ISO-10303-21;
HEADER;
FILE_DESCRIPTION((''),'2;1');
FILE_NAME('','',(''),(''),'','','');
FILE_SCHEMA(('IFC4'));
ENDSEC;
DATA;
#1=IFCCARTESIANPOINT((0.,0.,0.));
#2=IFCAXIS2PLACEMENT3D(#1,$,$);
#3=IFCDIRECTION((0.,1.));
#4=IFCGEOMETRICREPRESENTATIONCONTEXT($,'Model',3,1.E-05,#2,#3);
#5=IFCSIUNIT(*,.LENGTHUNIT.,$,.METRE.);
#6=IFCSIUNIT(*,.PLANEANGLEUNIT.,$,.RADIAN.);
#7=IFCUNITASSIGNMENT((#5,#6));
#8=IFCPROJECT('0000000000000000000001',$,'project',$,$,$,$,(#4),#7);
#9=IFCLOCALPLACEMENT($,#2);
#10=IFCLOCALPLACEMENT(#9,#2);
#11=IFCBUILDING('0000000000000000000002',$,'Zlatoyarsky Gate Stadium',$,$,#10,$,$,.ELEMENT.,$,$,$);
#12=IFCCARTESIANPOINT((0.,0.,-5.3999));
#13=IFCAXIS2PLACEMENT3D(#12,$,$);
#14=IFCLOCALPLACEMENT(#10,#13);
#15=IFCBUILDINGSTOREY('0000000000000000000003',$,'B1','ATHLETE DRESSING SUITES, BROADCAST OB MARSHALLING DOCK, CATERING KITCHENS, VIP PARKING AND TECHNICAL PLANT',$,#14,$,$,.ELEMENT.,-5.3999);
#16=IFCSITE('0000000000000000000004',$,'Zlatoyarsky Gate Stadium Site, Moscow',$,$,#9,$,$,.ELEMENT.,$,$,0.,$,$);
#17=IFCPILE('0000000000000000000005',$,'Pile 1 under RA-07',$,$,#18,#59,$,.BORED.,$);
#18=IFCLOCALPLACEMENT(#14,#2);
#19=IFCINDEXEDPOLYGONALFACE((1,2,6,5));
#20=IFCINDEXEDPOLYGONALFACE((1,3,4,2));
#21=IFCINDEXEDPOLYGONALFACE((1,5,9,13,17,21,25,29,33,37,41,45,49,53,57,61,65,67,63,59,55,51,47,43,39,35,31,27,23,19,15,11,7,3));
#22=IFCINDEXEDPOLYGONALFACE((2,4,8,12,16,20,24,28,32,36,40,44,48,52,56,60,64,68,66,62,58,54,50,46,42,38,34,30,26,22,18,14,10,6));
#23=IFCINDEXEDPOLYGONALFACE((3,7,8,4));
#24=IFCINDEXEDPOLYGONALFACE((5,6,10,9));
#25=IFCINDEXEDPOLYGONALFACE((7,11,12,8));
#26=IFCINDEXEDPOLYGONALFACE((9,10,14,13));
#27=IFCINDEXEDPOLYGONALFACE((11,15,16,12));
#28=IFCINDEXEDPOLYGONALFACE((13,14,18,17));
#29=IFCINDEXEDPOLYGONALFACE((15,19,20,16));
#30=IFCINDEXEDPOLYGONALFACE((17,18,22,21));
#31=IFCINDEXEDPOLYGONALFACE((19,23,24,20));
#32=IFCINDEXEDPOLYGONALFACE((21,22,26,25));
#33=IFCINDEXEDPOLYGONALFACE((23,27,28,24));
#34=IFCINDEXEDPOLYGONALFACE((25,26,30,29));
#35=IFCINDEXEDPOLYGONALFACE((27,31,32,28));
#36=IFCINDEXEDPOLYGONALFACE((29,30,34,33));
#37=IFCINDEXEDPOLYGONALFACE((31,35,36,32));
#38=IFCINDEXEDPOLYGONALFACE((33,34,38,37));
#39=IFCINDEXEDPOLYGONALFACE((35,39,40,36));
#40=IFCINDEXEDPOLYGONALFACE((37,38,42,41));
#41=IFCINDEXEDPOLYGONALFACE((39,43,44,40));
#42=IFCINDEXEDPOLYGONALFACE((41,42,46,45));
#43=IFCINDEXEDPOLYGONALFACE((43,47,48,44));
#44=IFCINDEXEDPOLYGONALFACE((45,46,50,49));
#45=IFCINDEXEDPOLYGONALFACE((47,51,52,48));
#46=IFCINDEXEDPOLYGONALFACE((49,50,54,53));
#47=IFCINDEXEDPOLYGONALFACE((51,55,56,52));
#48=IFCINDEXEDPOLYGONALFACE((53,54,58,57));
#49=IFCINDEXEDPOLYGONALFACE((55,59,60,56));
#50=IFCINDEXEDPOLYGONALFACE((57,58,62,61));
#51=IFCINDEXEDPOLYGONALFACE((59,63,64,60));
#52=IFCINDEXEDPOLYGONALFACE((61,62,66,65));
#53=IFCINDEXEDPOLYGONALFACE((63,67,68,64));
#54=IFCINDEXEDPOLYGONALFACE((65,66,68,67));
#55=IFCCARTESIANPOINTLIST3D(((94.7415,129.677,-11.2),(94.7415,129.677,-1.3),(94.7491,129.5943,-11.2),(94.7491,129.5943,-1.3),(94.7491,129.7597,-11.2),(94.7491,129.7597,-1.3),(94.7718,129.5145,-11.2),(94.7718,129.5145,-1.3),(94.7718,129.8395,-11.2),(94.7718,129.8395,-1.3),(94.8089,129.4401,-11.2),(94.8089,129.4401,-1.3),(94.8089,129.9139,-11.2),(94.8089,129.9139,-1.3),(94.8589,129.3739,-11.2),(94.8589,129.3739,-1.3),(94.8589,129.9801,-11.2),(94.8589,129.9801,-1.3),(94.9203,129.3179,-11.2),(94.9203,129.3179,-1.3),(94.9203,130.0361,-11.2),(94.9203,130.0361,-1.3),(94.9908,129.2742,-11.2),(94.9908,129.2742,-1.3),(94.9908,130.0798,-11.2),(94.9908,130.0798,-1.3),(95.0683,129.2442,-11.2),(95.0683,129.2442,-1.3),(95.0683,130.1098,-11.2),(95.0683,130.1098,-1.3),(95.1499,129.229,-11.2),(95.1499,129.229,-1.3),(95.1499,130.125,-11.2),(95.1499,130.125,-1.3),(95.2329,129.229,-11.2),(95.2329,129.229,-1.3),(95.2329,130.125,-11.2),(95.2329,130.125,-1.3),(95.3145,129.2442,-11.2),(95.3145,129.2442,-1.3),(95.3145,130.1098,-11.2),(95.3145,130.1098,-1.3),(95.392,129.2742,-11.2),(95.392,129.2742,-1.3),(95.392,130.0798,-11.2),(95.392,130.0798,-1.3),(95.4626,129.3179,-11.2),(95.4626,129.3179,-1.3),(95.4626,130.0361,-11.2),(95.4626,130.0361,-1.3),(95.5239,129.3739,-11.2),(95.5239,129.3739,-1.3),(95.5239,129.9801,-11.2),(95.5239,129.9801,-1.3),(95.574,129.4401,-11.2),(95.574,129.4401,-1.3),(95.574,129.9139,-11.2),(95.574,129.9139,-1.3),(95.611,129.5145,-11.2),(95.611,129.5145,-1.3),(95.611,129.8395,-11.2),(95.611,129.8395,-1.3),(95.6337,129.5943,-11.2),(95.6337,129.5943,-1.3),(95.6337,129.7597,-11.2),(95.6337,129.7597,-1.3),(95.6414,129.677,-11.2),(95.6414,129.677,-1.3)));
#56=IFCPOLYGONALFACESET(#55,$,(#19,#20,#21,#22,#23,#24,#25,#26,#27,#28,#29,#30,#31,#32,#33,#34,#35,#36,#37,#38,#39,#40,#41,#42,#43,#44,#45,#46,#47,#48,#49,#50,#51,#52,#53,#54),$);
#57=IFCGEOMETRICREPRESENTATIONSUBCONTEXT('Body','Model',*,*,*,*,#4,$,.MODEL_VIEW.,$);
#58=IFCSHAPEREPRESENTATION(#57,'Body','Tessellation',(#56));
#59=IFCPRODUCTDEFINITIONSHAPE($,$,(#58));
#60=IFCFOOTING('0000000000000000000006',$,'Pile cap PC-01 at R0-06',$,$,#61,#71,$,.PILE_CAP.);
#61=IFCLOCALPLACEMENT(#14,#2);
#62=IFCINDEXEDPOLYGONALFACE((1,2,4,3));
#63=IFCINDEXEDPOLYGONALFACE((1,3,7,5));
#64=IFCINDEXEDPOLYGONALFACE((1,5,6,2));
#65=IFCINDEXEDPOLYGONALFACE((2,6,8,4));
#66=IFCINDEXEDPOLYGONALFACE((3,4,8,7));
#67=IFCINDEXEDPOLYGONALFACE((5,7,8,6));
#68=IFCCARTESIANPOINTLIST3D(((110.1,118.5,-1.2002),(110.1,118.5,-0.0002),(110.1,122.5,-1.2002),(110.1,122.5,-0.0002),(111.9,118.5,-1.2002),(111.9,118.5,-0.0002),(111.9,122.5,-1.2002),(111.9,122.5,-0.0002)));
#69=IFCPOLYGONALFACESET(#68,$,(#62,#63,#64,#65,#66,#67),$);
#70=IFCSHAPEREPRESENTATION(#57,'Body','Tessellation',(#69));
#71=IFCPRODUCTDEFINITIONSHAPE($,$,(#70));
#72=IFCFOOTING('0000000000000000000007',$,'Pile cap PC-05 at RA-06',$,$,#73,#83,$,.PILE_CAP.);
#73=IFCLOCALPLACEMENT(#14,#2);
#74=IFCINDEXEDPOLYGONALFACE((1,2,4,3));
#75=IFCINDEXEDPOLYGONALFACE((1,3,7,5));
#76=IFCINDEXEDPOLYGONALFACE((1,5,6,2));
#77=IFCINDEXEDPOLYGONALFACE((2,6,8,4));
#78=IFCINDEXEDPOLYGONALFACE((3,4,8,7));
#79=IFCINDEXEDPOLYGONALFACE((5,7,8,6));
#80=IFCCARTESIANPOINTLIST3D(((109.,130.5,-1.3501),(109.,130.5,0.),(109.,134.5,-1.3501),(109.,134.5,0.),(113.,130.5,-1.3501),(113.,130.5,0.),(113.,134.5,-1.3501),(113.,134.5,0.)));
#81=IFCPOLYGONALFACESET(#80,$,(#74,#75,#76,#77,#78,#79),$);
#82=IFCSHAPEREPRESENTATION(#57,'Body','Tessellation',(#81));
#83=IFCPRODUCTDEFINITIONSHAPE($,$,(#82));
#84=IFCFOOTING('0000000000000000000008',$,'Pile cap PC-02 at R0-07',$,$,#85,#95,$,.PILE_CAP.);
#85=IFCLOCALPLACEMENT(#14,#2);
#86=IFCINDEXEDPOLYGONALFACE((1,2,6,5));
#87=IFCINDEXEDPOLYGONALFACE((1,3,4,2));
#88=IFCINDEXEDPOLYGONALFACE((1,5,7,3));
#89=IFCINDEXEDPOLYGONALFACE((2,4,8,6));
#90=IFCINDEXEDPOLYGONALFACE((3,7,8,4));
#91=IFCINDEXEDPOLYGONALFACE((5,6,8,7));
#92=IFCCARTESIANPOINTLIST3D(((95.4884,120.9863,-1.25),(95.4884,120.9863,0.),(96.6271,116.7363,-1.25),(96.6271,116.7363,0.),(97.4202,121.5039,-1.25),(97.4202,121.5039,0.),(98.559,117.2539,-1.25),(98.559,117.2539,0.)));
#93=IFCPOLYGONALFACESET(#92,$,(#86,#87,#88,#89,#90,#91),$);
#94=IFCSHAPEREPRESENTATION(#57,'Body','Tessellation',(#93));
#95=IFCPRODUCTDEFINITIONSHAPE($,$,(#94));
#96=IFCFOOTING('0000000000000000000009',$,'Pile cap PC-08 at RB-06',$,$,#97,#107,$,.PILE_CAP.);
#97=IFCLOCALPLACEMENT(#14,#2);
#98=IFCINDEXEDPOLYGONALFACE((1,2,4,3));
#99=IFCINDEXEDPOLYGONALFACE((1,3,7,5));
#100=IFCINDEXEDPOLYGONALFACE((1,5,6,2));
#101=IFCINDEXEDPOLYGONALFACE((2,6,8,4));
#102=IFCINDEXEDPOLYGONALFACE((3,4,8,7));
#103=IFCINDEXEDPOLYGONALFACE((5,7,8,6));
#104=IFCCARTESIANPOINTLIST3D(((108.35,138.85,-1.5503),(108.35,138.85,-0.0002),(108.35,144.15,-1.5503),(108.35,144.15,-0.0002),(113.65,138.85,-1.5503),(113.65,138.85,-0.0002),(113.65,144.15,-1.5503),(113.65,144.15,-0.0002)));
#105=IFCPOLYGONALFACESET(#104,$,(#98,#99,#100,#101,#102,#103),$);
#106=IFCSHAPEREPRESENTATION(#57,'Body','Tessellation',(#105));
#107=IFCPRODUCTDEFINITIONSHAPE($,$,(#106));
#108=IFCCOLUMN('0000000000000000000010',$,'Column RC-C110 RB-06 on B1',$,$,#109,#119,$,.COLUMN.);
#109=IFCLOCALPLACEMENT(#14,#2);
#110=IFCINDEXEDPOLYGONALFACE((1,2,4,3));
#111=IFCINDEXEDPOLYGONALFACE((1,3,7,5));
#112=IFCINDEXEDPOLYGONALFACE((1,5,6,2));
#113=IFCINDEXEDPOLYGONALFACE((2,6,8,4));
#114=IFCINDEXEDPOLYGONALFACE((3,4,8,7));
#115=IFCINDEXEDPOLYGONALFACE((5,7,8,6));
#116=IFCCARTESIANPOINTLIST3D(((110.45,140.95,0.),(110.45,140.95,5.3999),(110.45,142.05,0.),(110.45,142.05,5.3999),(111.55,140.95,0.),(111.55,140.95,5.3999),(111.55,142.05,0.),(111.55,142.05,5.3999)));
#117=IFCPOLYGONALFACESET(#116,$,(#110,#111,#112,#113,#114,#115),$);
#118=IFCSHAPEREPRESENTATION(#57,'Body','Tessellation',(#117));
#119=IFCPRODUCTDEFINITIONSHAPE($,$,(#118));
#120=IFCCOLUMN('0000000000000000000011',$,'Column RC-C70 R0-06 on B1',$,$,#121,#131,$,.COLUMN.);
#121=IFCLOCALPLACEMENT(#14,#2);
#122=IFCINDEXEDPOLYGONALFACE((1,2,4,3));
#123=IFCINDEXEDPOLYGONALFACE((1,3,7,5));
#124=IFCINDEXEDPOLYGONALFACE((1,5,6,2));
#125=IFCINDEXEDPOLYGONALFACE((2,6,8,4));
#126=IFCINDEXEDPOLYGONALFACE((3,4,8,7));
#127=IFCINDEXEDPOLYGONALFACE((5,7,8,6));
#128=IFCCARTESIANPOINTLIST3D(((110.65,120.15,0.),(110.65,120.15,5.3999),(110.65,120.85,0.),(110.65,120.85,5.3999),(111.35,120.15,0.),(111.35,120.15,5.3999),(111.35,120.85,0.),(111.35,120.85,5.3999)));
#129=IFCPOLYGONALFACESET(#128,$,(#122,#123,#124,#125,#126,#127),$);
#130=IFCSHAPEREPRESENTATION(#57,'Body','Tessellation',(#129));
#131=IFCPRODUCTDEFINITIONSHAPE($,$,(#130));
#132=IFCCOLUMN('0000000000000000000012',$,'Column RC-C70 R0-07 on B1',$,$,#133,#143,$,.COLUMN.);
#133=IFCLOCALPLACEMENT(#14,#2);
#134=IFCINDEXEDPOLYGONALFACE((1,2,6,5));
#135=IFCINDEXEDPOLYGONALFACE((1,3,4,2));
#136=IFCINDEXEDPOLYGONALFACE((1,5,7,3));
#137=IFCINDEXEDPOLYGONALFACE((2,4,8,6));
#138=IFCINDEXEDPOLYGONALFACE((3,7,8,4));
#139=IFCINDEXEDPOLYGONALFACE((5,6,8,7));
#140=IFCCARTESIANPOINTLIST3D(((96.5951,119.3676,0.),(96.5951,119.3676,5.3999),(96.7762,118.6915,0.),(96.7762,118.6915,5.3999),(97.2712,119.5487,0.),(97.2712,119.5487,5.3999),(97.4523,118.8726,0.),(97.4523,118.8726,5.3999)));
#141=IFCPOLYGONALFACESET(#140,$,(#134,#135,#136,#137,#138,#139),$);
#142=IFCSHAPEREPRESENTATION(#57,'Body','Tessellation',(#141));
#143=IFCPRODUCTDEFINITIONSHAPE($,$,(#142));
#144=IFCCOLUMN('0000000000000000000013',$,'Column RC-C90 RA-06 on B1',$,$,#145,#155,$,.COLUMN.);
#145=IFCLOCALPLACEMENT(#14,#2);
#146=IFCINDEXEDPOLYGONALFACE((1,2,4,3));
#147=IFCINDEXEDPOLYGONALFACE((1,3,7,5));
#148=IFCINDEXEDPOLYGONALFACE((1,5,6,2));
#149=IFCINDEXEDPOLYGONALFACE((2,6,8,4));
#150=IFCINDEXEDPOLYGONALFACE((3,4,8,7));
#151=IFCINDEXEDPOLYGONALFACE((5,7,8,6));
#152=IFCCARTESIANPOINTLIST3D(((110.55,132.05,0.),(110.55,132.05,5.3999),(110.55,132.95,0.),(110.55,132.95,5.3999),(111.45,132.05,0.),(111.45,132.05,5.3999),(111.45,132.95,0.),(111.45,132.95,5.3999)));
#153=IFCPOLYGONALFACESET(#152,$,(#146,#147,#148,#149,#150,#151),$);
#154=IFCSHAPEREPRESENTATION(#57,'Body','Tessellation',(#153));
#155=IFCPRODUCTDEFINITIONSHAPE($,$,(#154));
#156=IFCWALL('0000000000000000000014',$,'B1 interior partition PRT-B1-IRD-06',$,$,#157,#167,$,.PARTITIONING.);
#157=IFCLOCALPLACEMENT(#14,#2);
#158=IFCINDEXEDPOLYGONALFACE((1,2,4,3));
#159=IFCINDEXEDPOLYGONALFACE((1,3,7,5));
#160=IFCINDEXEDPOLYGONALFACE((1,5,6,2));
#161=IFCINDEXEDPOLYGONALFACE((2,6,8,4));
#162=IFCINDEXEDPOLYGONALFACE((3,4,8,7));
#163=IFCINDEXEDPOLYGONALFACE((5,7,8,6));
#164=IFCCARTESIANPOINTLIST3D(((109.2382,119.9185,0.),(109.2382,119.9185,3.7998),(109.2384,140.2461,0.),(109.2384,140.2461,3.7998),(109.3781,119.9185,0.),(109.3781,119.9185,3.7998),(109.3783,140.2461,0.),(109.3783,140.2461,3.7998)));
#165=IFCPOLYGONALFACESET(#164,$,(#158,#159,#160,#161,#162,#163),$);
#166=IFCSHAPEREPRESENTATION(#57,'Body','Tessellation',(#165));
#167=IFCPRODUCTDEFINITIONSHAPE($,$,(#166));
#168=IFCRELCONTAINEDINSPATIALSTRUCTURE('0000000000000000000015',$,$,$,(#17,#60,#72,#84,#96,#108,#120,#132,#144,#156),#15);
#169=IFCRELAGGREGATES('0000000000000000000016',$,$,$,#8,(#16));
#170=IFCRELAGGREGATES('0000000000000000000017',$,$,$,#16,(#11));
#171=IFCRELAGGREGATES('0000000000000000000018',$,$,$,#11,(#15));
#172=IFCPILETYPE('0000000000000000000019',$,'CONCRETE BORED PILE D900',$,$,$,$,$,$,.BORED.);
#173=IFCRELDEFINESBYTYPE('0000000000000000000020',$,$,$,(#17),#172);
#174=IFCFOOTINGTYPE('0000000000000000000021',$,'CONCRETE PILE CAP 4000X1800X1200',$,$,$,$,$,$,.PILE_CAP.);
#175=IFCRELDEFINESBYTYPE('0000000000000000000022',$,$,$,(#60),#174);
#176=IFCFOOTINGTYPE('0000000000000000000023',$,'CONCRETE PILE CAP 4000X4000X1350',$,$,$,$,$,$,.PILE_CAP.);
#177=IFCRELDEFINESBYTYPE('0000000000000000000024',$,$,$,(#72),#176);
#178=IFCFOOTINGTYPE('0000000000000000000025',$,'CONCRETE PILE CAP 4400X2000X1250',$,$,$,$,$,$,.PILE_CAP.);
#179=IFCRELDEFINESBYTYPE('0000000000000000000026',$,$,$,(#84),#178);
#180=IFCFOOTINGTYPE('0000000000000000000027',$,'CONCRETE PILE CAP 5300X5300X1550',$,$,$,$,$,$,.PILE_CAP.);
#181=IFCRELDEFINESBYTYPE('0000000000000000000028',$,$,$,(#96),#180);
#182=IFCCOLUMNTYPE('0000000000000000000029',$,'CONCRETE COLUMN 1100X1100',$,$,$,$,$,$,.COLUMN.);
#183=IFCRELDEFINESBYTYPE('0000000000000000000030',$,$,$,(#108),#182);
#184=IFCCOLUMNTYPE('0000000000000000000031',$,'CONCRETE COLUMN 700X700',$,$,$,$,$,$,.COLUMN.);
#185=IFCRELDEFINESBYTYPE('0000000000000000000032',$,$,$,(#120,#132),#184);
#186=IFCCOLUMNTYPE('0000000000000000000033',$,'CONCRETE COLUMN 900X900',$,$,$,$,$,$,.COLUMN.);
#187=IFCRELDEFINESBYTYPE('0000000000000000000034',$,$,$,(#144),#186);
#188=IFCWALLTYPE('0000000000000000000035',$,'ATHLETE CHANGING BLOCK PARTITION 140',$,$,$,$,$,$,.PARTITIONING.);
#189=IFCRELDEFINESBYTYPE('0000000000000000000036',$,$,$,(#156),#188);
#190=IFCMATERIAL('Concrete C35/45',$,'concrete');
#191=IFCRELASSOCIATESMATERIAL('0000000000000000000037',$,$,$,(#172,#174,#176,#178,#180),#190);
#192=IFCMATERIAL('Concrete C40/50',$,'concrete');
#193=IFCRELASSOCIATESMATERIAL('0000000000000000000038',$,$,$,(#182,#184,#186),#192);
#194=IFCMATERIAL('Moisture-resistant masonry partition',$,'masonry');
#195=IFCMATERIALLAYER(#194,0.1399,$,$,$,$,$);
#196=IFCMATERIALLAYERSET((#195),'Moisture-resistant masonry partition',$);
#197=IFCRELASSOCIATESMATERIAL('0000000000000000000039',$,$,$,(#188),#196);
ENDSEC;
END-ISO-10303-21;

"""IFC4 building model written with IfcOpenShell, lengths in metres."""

from ifc_helpers import new_model, si_unit, direction, frame, frame_2d, origin, origin_2d, place, context, subcontext, project, spatial, rectangle, circle, extrude, material, layer, layer_set, material_profile, profile_set, type_object, element, save


model = new_model("IFC4")

# Units and contexts
model_context = context("Model", 3, precision=1e-05, world=origin(), true_north=direction((0.0, 1.0)))
body_context = subcontext(model_context, "Body", "Model", "MODEL_VIEW")
ifc_project = project(units=[si_unit("LENGTHUNIT", "METRE"), si_unit("PLANEANGLEUNIT", "RADIAN")], contexts=[model_context])

# Site, building, storey
site_placement = place(None, origin())
site = spatial("IfcSite", under=ifc_project, at=site_placement, Name="Zlatoyarsky Gate Stadium Site, Moscow", CompositionType="ELEMENT", RefElevation=0.0)
building_placement = place(site_placement, origin())
building = spatial("IfcBuilding", under=site, at=building_placement, Name="Zlatoyarsky Gate Stadium", CompositionType="ELEMENT")
storey_placement = place(building_placement, frame((0.0, 0.0, -5.3999)))
storey = spatial("IfcBuildingStorey", under=building, at=storey_placement, Name="B1", Description="ATHLETE DRESSING SUITES, BROADCAST OB MARSHALLING DOCK, CATERING KITCHENS, VIP PARKING AND TECHNICAL PLANT", CompositionType="ELEMENT", Elevation=-5.3999)

# Pile
ifc_material_1 = material(Name="Concrete C35/45", Category="concrete")
ifc_material_profile_1 = material_profile(ifc_material_1, circle(Radius=0.45, at=origin_2d()), Name="BORED PILE D900")
ifc_profile_set_1 = profile_set([ifc_material_profile_1], Name="Concrete C35/45")
pile_type_1 = type_object("IfcPileType", Name="CONCRETE BORED PILE D900", PredefinedType="BORED", material=ifc_profile_set_1)
pile_placement = place(storey_placement, frame((95.1914, 129.677, -1.3), z_axis=(0.0, 0.0, -1.0), x_axis=(1.0, 0.0, 0.0)))
element("IfcPile", 1, at=pile_placement, inside=storey, type_object=pile_type_1, Name="Pile 1 under RA-07", PredefinedType="BORED", context=body_context, shape_type="SweptSolid", body=[
    extrude(circle(Radius=0.45, at=origin_2d()), origin(), (0.0, 0.0, 1.0), 9.8999),
])

# Footings
footing_type_1 = type_object("IfcFootingType", Name="CONCRETE PILE CAP 4000X1800X1200", PredefinedType="PILE_CAP", material=ifc_material_1)
footing_1_placement = place(storey_placement, frame((111.0, 120.5, -1.2002), z_axis=(0.0, 0.0, 1.0), x_axis=(0.0, 1.0, 0.0)))
element("IfcFooting", 2, at=footing_1_placement, inside=storey, type_object=footing_type_1, Name="Pile cap PC-01 at R0-06", PredefinedType="PILE_CAP", context=body_context, shape_type="SweptSolid", body=[
    extrude(rectangle(XDim=4.0, YDim=1.8, at=origin_2d()), origin(), (0.0, 0.0, 1.0), 1.2),
])
footing_type_2 = type_object("IfcFootingType", Name="CONCRETE PILE CAP 4000X4000X1350", PredefinedType="PILE_CAP", material=ifc_material_1)
footing_2_placement = place(storey_placement, frame((111.0, 132.5, -1.3501), z_axis=(0.0, 0.0, 1.0), x_axis=(0.0, 1.0, 0.0)))
element("IfcFooting", 3, at=footing_2_placement, inside=storey, type_object=footing_type_2, Name="Pile cap PC-05 at RA-06", PredefinedType="PILE_CAP", context=body_context, shape_type="SweptSolid", body=[
    extrude(rectangle(XDim=4.0, YDim=4.0, at=origin_2d()), origin(), (0.0, 0.0, 1.0), 1.3501),
])
footing_type_3 = type_object("IfcFootingType", Name="CONCRETE PILE CAP 4400X2000X1250", PredefinedType="PILE_CAP", material=ifc_material_1)
footing_3_placement = place(storey_placement, frame((97.0237, 119.1201, -1.25), z_axis=(0.0, 0.0, 1.0), x_axis=(-0.258819, 0.965926, 0.0)))
element("IfcFooting", 4, at=footing_3_placement, inside=storey, type_object=footing_type_3, Name="Pile cap PC-02 at R0-07", PredefinedType="PILE_CAP", context=body_context, shape_type="SweptSolid", body=[
    extrude(rectangle(XDim=4.3999, YDim=2.0, at=origin_2d()), origin(), (0.0, 0.0, 1.0), 1.25),
])
footing_type_4 = type_object("IfcFootingType", Name="CONCRETE PILE CAP 5300X5300X1550", PredefinedType="PILE_CAP", material=ifc_material_1)
footing_4_placement = place(storey_placement, frame((111.0, 141.5, -1.5503), z_axis=(0.0, 0.0, 1.0), x_axis=(0.0, 1.0, 0.0)))
element("IfcFooting", 5, at=footing_4_placement, inside=storey, type_object=footing_type_4, Name="Pile cap PC-08 at RB-06", PredefinedType="PILE_CAP", context=body_context, shape_type="SweptSolid", body=[
    extrude(rectangle(XDim=5.3, YDim=5.3, at=origin_2d()), origin(), (0.0, 0.0, 1.0), 1.55),
])

# Columns
ifc_material_2 = material(Name="Concrete C40/50", Category="concrete")
ifc_material_profile_2 = material_profile(ifc_material_2, rectangle(XDim=1.1001, YDim=1.1001, at=origin_2d()), Name="RC COL 1100X1100")
ifc_profile_set_2 = profile_set([ifc_material_profile_2], Name="Concrete C40/50")
column_type_1 = type_object("IfcColumnType", Name="CONCRETE COLUMN 1100X1100", PredefinedType="COLUMN", material=ifc_profile_set_2)
column_1_placement = place(storey_placement, frame((111.0, 141.5, 0.0), z_axis=(0.0, 0.0, 1.0), x_axis=(0.0, 1.0, 0.0)))
element("IfcColumn", 6, at=column_1_placement, inside=storey, type_object=column_type_1, Name="Column RC-C110 RB-06 on B1", PredefinedType="COLUMN", context=body_context, shape_type="SweptSolid", body=[
    extrude(rectangle(XDim=1.1001, YDim=1.1001, at=origin_2d()), origin(), (0.0, 0.0, 1.0), 5.3999),
])
ifc_material_profile_3 = material_profile(ifc_material_2, rectangle(XDim=0.7, YDim=0.7, at=origin_2d()), Name="RC COL 700X700")
ifc_profile_set_3 = profile_set([ifc_material_profile_3], Name="Concrete C40/50")
column_type_2 = type_object("IfcColumnType", Name="CONCRETE COLUMN 700X700", PredefinedType="COLUMN", material=ifc_profile_set_3)
for number, where, z_axis, x_axis, name in (
    (7, (111.0, 120.5, 0.0), (0.0, 0.0, 1.0), (0.0, 1.0, 0.0), "Column RC-C70 R0-06 on B1"),
    (8, (97.0237, 119.1201, 0.0), (0.0, 0.0, 1.0), (-0.258819, 0.965926, 0.0), "Column RC-C70 R0-07 on B1"),
):
    element("IfcColumn", number, at=place(storey_placement, frame(where, z_axis=z_axis, x_axis=x_axis)), inside=storey, type_object=column_type_2, Name=name, PredefinedType="COLUMN", context=body_context, shape_type="SweptSolid", body=[
        extrude(rectangle(XDim=0.7, YDim=0.7, at=origin_2d()), origin(), (0.0, 0.0, 1.0), 5.3999),
    ])
ifc_material_profile_4 = material_profile(ifc_material_2, rectangle(XDim=0.8999, YDim=0.8999, at=origin_2d()), Name="RC COL 900X900")
ifc_profile_set_4 = profile_set([ifc_material_profile_4], Name="Concrete C40/50")
column_type_3 = type_object("IfcColumnType", Name="CONCRETE COLUMN 900X900", PredefinedType="COLUMN", material=ifc_profile_set_4)
column_2_placement = place(storey_placement, frame((111.0, 132.5, 0.0), z_axis=(0.0, 0.0, 1.0), x_axis=(0.0, 1.0, 0.0)))
element("IfcColumn", 9, at=column_2_placement, inside=storey, type_object=column_type_3, Name="Column RC-C90 RA-06 on B1", PredefinedType="COLUMN", context=body_context, shape_type="SweptSolid", body=[
    extrude(rectangle(XDim=0.8999, YDim=0.8999, at=origin_2d()), origin(), (0.0, 0.0, 1.0), 5.3999),
])

# Wall
ifc_material_3 = material(Name="Moisture-resistant masonry partition", Category="masonry")
ifc_layer_1 = layer(ifc_material_3, 0.1399)
ifc_layer_set_1 = layer_set([ifc_layer_1], Name="Moisture-resistant masonry partition")
wall_type_1 = type_object("IfcWallType", Name="ATHLETE CHANGING BLOCK PARTITION 140", PredefinedType="PARTITIONING", material=ifc_layer_set_1)
wall_1_placement = place(storey_placement, frame((109.3081, 119.9185, 0.0), z_axis=(0.0, 0.0, 1.0), x_axis=(0.000012, 1.0, 0.0)))
element("IfcWall", 10, at=wall_1_placement, inside=storey, type_object=wall_type_1, Name="B1 interior partition PRT-B1-IRD-06", PredefinedType="PARTITIONING", context=body_context, shape_type="SweptSolid", body=[
    extrude(rectangle(XDim=20.3276, YDim=0.1399, at=frame_2d((10.1638, 0.0))), origin(), (0.0, 0.0, 1.0), 3.7998),
])

save(model, "model.ifc")
